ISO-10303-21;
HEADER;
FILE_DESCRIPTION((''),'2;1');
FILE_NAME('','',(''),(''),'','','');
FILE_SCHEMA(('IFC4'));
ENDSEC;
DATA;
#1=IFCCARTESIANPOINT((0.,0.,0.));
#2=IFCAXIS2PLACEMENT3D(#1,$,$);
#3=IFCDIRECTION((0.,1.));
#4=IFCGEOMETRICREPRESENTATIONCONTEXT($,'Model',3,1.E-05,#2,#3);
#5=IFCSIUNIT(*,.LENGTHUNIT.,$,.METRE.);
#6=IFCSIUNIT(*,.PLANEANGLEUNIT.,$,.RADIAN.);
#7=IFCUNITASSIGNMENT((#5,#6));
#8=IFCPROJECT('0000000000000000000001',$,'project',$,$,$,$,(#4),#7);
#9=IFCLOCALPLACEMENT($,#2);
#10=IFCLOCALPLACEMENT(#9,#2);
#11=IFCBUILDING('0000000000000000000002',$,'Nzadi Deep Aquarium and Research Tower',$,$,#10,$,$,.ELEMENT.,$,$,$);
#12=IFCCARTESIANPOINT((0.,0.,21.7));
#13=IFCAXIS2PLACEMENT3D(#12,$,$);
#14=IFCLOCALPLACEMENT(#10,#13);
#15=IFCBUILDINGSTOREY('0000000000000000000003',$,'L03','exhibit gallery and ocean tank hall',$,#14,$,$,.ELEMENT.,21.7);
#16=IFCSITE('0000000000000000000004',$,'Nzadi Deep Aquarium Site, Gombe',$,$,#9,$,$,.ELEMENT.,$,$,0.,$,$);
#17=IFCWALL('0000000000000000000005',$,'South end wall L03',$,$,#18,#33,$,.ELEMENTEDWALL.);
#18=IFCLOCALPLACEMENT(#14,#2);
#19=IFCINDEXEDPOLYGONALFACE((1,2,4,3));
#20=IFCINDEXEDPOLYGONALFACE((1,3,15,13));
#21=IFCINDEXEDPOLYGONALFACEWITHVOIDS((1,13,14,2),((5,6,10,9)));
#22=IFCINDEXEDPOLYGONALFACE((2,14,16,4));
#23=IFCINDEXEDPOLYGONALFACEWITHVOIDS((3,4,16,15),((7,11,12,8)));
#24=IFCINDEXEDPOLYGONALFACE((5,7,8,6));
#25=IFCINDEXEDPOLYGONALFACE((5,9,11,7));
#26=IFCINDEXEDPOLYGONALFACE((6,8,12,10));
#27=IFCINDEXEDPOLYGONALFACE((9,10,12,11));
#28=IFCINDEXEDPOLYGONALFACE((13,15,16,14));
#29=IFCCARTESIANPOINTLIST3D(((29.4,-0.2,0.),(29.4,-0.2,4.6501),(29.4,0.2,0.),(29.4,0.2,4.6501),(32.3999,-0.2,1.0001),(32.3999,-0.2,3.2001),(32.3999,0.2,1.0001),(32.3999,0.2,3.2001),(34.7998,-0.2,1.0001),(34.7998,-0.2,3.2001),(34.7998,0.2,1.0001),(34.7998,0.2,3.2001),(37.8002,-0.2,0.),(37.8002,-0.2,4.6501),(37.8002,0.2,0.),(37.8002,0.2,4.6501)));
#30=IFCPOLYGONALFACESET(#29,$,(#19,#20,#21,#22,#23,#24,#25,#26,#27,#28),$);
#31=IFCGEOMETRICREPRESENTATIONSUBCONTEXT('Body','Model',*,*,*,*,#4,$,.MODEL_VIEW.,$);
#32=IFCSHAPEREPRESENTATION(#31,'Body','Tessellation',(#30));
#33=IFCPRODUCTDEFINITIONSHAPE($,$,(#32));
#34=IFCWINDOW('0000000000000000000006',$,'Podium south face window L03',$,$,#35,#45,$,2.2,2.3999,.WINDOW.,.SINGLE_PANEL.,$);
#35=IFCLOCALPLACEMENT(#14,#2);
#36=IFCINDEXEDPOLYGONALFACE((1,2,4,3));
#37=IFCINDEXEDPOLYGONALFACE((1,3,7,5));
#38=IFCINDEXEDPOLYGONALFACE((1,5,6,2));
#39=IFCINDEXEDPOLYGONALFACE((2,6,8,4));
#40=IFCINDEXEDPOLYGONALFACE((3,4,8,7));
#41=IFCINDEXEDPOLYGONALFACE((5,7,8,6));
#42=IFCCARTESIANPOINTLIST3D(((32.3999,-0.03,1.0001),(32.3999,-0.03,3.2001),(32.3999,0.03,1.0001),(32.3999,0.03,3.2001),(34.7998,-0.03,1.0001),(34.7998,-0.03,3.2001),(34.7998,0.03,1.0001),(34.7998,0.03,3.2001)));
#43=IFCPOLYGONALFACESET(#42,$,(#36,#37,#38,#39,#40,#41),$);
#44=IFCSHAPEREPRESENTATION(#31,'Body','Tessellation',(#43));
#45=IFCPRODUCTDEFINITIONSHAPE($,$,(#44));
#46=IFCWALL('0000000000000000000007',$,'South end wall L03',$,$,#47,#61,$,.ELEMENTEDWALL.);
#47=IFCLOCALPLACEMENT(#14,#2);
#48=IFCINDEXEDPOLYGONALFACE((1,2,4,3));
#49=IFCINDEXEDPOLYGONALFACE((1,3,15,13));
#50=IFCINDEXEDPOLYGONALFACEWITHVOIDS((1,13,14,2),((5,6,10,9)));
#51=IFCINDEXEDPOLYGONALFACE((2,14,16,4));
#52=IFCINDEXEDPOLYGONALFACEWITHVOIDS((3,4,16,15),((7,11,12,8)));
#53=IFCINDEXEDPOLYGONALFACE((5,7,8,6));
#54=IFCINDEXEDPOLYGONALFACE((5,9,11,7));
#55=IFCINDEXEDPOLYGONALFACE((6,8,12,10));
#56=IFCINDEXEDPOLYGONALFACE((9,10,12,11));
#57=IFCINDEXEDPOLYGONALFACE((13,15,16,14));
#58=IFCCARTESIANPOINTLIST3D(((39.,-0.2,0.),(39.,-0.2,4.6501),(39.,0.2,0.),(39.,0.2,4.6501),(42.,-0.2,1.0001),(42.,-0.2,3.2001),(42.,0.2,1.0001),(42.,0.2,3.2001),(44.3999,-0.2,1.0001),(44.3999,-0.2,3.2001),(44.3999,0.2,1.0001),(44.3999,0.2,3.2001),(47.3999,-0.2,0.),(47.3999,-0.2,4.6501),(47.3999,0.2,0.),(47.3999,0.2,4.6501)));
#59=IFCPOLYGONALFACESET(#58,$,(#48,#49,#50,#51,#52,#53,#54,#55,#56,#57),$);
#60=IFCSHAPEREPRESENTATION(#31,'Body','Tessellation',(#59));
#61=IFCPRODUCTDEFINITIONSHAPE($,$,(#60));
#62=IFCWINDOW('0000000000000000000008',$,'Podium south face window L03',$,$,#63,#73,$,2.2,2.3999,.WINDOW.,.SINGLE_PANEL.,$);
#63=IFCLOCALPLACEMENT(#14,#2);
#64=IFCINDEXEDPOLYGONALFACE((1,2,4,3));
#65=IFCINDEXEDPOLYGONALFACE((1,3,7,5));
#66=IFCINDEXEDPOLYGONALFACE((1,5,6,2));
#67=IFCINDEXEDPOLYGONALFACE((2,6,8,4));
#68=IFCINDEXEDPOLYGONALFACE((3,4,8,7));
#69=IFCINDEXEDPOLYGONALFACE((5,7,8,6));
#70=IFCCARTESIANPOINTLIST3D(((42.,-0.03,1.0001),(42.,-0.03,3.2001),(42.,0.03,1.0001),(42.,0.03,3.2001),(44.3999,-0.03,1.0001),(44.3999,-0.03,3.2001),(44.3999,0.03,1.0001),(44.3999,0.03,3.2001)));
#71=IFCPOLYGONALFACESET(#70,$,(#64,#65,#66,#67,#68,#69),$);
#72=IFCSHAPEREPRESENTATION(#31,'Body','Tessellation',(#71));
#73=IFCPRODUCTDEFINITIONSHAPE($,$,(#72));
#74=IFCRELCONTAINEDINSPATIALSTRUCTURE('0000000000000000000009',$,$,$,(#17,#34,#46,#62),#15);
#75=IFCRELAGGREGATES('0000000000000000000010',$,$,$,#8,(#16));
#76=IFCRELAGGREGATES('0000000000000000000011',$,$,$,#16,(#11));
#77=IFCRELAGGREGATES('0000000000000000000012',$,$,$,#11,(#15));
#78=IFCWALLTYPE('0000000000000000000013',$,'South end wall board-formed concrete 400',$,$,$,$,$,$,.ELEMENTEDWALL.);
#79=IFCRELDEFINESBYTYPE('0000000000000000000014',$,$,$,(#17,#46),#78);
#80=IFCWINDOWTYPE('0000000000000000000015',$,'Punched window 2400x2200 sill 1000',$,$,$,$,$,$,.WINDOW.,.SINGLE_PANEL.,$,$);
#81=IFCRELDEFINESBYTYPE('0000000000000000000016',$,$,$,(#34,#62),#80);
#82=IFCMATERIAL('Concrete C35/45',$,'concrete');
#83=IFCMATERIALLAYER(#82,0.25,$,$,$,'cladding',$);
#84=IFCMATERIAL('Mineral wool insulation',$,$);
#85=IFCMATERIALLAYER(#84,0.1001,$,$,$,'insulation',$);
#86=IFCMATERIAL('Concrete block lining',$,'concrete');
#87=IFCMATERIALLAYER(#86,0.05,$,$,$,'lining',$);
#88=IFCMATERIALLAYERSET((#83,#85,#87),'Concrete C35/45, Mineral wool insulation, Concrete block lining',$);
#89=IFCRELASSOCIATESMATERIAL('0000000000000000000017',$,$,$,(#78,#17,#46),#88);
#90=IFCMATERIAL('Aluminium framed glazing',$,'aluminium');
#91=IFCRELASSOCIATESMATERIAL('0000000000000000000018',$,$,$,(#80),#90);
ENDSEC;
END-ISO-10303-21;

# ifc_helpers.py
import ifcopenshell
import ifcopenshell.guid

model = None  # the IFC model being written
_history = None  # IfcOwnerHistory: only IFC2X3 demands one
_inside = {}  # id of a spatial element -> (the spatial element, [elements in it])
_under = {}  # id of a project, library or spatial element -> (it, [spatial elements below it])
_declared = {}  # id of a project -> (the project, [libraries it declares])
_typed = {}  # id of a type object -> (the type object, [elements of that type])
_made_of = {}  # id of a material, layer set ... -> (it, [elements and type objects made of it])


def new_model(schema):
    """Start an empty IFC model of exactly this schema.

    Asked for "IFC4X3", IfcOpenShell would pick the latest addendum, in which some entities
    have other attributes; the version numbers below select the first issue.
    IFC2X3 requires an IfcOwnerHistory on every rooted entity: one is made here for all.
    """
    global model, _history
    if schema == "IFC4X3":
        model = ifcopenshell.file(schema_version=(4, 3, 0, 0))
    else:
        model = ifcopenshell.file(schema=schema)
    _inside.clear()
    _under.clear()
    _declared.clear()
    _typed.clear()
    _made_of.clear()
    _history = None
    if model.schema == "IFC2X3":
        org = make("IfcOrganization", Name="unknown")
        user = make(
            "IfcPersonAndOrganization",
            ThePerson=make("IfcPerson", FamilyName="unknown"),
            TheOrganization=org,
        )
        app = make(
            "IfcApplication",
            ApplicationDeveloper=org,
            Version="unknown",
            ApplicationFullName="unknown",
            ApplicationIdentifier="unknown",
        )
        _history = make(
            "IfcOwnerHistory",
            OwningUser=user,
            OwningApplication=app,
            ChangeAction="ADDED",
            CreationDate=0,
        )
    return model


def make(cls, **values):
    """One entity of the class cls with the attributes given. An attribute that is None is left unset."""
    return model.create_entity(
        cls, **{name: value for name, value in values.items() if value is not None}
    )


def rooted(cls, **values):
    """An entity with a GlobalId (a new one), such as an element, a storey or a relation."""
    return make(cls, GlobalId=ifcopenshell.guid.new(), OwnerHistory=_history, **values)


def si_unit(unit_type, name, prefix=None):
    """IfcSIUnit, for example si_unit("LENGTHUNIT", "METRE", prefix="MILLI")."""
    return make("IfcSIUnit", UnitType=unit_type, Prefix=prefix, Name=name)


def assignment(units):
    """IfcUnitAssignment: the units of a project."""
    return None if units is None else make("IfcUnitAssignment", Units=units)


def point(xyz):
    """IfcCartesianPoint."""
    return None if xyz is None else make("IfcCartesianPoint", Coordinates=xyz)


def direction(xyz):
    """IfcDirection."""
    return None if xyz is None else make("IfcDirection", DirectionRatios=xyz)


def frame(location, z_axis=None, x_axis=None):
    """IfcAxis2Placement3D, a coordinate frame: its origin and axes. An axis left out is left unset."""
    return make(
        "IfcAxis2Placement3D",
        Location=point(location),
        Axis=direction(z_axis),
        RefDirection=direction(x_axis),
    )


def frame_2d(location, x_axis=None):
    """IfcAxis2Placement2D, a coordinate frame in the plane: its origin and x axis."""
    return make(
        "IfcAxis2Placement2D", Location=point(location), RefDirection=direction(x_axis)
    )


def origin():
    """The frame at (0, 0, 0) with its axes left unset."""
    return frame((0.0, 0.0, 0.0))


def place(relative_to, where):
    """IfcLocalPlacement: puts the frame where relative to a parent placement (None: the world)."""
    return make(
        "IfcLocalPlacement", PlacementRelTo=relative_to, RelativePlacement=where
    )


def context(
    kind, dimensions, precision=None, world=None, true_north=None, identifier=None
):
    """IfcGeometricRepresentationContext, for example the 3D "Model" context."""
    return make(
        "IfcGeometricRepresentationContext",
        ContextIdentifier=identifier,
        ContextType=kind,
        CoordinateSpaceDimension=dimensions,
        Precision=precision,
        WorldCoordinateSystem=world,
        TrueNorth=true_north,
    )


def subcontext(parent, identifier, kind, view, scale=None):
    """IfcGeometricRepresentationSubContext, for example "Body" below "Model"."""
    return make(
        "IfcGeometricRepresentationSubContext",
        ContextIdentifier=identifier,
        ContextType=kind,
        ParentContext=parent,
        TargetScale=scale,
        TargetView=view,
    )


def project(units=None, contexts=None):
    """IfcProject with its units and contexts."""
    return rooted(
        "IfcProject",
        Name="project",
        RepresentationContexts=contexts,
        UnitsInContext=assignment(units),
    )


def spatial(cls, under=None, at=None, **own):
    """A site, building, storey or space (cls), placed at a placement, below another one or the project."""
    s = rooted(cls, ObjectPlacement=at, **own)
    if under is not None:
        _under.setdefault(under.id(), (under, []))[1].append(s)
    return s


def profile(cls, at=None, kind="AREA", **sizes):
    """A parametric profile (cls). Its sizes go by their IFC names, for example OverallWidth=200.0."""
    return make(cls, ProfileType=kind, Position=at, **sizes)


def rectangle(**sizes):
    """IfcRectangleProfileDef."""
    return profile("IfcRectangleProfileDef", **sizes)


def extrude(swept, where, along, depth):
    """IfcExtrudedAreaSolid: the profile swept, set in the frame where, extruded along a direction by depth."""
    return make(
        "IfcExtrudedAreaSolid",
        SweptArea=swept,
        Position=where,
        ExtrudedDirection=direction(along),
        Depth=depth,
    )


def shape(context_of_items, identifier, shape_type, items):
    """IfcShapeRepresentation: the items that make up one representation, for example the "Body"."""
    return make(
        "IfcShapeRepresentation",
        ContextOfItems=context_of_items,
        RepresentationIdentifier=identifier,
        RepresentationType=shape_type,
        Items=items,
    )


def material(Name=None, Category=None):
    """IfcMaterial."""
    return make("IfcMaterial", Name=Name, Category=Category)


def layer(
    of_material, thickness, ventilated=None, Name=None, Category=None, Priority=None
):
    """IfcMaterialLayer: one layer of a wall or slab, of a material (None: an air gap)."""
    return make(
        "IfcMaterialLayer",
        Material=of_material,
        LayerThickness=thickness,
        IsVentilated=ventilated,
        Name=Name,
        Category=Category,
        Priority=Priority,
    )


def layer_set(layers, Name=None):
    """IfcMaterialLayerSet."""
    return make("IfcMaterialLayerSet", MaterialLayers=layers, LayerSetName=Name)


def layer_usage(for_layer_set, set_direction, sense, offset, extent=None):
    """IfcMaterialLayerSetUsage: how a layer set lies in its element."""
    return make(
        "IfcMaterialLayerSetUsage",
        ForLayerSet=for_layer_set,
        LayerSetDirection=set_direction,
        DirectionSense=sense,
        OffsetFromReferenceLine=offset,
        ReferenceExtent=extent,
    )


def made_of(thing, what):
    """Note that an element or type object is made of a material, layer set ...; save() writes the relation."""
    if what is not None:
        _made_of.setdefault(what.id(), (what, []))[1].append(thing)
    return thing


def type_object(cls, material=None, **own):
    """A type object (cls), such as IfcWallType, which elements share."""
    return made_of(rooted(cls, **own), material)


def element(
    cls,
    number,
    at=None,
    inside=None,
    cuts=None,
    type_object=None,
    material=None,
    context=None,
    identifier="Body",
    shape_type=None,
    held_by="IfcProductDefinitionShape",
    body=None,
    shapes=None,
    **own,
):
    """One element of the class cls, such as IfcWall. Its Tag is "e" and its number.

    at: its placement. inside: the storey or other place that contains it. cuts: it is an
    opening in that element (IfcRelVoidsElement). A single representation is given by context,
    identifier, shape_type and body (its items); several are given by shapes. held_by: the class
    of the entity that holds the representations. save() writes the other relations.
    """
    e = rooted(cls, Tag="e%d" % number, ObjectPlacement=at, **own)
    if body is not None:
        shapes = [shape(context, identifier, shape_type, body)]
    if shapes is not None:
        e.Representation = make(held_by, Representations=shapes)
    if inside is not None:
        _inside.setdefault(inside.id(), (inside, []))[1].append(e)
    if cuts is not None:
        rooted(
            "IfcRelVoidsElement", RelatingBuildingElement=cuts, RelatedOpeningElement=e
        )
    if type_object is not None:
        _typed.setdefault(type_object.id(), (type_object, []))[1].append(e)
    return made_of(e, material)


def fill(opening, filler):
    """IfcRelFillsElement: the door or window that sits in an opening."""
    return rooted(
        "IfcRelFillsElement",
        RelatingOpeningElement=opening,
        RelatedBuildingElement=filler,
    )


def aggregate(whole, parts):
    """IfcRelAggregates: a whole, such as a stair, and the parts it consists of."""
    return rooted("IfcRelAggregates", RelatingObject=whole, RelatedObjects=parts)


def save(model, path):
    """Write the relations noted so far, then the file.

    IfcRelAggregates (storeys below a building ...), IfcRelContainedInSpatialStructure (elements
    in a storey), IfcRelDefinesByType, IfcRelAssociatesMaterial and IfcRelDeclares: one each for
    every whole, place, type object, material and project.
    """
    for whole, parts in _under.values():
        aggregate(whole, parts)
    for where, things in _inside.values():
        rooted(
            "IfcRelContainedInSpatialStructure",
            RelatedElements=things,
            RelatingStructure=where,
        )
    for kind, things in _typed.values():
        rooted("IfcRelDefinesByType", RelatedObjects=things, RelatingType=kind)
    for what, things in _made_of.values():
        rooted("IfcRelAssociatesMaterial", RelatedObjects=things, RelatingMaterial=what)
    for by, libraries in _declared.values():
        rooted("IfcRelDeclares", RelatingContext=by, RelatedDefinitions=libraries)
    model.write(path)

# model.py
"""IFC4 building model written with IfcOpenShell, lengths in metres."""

from ifc_helpers import new_model, si_unit, direction, frame, frame_2d, origin, place, context, subcontext, project, spatial, rectangle, extrude, material, layer, layer_set, layer_usage, type_object, element, fill, save


model = new_model("IFC4")

# Units and contexts
model_context = context("Model", 3, precision=1e-05, world=origin(), true_north=direction((0.0, 1.0)))
body_context = subcontext(model_context, "Body", "Model", "MODEL_VIEW")
ifc_project = project(units=[si_unit("LENGTHUNIT", "METRE"), si_unit("PLANEANGLEUNIT", "RADIAN")], contexts=[model_context])

# Site, building, storey
site_placement = place(None, origin())
site = spatial("IfcSite", under=ifc_project, at=site_placement, Name="Nzadi Deep Aquarium Site, Gombe", CompositionType="ELEMENT", RefElevation=0.0)
building_placement = place(site_placement, origin())
building = spatial("IfcBuilding", under=site, at=building_placement, Name="Nzadi Deep Aquarium and Research Tower", CompositionType="ELEMENT")
storey_placement = place(building_placement, frame((0.0, 0.0, 21.7)))
storey = spatial("IfcBuildingStorey", under=building, at=storey_placement, Name="L03", Description="exhibit gallery and ocean tank hall", CompositionType="ELEMENT", Elevation=21.7)

# Walls, openings, windows
ifc_material_1 = material(Name="Concrete C35/45", Category="concrete")
ifc_layer_1 = layer(ifc_material_1, 0.25, Category="cladding")
ifc_material_2 = material(Name="Mineral wool insulation")
ifc_layer_2 = layer(ifc_material_2, 0.1001, Category="insulation")
ifc_material_3 = material(Name="Concrete block lining", Category="concrete")
ifc_layer_3 = layer(ifc_material_3, 0.05, Category="lining")
ifc_layer_set_1 = layer_set([ifc_layer_1, ifc_layer_2, ifc_layer_3], Name="Concrete C35/45, Mineral wool insulation, Concrete block lining")
ifc_layer_usage_1 = layer_usage(ifc_layer_set_1, "AXIS2", "POSITIVE", -0.2)
wall_type_1 = type_object("IfcWallType", Name="South end wall board-formed concrete 400", PredefinedType="ELEMENTEDWALL", material=ifc_layer_set_1)
wall_1_placement = place(storey_placement, frame((29.3999, 0.0, 0.0), z_axis=(0.0, 0.0, 1.0), x_axis=(1.0, 0.0, 0.0)))
wall_1 = element("IfcWall", 1, at=wall_1_placement, inside=storey, type_object=wall_type_1, material=ifc_layer_usage_1, Name="South end wall L03", PredefinedType="ELEMENTEDWALL", context=body_context, shape_type="SweptSolid", body=[
    extrude(rectangle(XDim=8.4001, YDim=0.3999, at=frame_2d((4.2002, 0.0))), origin(), (0.0, 0.0, 1.0), 4.6501),
])
opening_1_placement = place(wall_1_placement, frame((3.0, 0.0, 1.0)))
opening_1 = element("IfcOpeningElement", 2, at=opening_1_placement, cuts=wall_1, PredefinedType="OPENING", context=body_context, shape_type="SweptSolid", body=[
    extrude(rectangle(XDim=2.3999, YDim=2.2, at=frame_2d((1.2, 1.1001))), frame((0.0, 0.21, 0.0), z_axis=(0.0, -1.0, 0.0), x_axis=(1.0, 0.0, 0.0)), (0.0, 0.0, 1.0), 0.4199),
])
ifc_material_4 = material(Name="Aluminium framed glazing", Category="aluminium")
window_type = type_object("IfcWindowType", Name="Punched window 2400x2200 sill 1000", PartitioningType="SINGLE_PANEL", PredefinedType="WINDOW", material=ifc_material_4)
window_1_placement = place(opening_1_placement, origin())
window_1 = element("IfcWindow", 3, at=window_1_placement, inside=storey, type_object=window_type, Name="Podium south face window L03", OverallHeight=2.2, OverallWidth=2.3999, PartitioningType="SINGLE_PANEL", PredefinedType="WINDOW", context=body_context, shape_type="SweptSolid", body=[
    extrude(rectangle(XDim=2.3999, YDim=2.2, at=frame_2d((1.2, 1.1001))), frame((0.0, 0.03, 0.0), z_axis=(0.0, -1.0, 0.0), x_axis=(1.0, 0.0, 0.0)), (0.0, 0.0, 1.0), 0.0601),
])
fill(opening_1, window_1)
ifc_layer_usage_2 = layer_usage(ifc_layer_set_1, "AXIS2", "POSITIVE", -0.2)
wall_2_placement = place(storey_placement, frame((39.0, 0.0, 0.0), z_axis=(0.0, 0.0, 1.0), x_axis=(1.0, 0.0, 0.0)))
wall_2 = element("IfcWall", 4, at=wall_2_placement, inside=storey, type_object=wall_type_1, material=ifc_layer_usage_2, Name="South end wall L03", PredefinedType="ELEMENTEDWALL", context=body_context, shape_type="SweptSolid", body=[
    extrude(rectangle(XDim=8.3999, YDim=0.3999, at=frame_2d((4.2, 0.0))), origin(), (0.0, 0.0, 1.0), 4.6501),
])
opening_2_placement = place(wall_2_placement, frame((3.0, 0.0, 1.0)))
opening_2 = element("IfcOpeningElement", 5, at=opening_2_placement, cuts=wall_2, PredefinedType="OPENING", context=body_context, shape_type="SweptSolid", body=[
    extrude(rectangle(XDim=2.3999, YDim=2.2, at=frame_2d((1.2, 1.1001))), frame((0.0, 0.21, 0.0), z_axis=(0.0, -1.0, 0.0), x_axis=(1.0, 0.0, 0.0)), (0.0, 0.0, 1.0), 0.4199),
])
window_2_placement = place(opening_2_placement, origin())
window_2 = element("IfcWindow", 6, at=window_2_placement, inside=storey, type_object=window_type, Name="Podium south face window L03", OverallHeight=2.2, OverallWidth=2.3999, PartitioningType="SINGLE_PANEL", PredefinedType="WINDOW", context=body_context, shape_type="SweptSolid", body=[
    extrude(rectangle(XDim=2.3999, YDim=2.2, at=frame_2d((1.2, 1.1001))), frame((0.0, 0.03, 0.0), z_axis=(0.0, -1.0, 0.0), x_axis=(1.0, 0.0, 0.0)), (0.0, 0.0, 1.0), 0.0601),
])
fill(opening_2, window_2)

save(model, "model.ifc")
